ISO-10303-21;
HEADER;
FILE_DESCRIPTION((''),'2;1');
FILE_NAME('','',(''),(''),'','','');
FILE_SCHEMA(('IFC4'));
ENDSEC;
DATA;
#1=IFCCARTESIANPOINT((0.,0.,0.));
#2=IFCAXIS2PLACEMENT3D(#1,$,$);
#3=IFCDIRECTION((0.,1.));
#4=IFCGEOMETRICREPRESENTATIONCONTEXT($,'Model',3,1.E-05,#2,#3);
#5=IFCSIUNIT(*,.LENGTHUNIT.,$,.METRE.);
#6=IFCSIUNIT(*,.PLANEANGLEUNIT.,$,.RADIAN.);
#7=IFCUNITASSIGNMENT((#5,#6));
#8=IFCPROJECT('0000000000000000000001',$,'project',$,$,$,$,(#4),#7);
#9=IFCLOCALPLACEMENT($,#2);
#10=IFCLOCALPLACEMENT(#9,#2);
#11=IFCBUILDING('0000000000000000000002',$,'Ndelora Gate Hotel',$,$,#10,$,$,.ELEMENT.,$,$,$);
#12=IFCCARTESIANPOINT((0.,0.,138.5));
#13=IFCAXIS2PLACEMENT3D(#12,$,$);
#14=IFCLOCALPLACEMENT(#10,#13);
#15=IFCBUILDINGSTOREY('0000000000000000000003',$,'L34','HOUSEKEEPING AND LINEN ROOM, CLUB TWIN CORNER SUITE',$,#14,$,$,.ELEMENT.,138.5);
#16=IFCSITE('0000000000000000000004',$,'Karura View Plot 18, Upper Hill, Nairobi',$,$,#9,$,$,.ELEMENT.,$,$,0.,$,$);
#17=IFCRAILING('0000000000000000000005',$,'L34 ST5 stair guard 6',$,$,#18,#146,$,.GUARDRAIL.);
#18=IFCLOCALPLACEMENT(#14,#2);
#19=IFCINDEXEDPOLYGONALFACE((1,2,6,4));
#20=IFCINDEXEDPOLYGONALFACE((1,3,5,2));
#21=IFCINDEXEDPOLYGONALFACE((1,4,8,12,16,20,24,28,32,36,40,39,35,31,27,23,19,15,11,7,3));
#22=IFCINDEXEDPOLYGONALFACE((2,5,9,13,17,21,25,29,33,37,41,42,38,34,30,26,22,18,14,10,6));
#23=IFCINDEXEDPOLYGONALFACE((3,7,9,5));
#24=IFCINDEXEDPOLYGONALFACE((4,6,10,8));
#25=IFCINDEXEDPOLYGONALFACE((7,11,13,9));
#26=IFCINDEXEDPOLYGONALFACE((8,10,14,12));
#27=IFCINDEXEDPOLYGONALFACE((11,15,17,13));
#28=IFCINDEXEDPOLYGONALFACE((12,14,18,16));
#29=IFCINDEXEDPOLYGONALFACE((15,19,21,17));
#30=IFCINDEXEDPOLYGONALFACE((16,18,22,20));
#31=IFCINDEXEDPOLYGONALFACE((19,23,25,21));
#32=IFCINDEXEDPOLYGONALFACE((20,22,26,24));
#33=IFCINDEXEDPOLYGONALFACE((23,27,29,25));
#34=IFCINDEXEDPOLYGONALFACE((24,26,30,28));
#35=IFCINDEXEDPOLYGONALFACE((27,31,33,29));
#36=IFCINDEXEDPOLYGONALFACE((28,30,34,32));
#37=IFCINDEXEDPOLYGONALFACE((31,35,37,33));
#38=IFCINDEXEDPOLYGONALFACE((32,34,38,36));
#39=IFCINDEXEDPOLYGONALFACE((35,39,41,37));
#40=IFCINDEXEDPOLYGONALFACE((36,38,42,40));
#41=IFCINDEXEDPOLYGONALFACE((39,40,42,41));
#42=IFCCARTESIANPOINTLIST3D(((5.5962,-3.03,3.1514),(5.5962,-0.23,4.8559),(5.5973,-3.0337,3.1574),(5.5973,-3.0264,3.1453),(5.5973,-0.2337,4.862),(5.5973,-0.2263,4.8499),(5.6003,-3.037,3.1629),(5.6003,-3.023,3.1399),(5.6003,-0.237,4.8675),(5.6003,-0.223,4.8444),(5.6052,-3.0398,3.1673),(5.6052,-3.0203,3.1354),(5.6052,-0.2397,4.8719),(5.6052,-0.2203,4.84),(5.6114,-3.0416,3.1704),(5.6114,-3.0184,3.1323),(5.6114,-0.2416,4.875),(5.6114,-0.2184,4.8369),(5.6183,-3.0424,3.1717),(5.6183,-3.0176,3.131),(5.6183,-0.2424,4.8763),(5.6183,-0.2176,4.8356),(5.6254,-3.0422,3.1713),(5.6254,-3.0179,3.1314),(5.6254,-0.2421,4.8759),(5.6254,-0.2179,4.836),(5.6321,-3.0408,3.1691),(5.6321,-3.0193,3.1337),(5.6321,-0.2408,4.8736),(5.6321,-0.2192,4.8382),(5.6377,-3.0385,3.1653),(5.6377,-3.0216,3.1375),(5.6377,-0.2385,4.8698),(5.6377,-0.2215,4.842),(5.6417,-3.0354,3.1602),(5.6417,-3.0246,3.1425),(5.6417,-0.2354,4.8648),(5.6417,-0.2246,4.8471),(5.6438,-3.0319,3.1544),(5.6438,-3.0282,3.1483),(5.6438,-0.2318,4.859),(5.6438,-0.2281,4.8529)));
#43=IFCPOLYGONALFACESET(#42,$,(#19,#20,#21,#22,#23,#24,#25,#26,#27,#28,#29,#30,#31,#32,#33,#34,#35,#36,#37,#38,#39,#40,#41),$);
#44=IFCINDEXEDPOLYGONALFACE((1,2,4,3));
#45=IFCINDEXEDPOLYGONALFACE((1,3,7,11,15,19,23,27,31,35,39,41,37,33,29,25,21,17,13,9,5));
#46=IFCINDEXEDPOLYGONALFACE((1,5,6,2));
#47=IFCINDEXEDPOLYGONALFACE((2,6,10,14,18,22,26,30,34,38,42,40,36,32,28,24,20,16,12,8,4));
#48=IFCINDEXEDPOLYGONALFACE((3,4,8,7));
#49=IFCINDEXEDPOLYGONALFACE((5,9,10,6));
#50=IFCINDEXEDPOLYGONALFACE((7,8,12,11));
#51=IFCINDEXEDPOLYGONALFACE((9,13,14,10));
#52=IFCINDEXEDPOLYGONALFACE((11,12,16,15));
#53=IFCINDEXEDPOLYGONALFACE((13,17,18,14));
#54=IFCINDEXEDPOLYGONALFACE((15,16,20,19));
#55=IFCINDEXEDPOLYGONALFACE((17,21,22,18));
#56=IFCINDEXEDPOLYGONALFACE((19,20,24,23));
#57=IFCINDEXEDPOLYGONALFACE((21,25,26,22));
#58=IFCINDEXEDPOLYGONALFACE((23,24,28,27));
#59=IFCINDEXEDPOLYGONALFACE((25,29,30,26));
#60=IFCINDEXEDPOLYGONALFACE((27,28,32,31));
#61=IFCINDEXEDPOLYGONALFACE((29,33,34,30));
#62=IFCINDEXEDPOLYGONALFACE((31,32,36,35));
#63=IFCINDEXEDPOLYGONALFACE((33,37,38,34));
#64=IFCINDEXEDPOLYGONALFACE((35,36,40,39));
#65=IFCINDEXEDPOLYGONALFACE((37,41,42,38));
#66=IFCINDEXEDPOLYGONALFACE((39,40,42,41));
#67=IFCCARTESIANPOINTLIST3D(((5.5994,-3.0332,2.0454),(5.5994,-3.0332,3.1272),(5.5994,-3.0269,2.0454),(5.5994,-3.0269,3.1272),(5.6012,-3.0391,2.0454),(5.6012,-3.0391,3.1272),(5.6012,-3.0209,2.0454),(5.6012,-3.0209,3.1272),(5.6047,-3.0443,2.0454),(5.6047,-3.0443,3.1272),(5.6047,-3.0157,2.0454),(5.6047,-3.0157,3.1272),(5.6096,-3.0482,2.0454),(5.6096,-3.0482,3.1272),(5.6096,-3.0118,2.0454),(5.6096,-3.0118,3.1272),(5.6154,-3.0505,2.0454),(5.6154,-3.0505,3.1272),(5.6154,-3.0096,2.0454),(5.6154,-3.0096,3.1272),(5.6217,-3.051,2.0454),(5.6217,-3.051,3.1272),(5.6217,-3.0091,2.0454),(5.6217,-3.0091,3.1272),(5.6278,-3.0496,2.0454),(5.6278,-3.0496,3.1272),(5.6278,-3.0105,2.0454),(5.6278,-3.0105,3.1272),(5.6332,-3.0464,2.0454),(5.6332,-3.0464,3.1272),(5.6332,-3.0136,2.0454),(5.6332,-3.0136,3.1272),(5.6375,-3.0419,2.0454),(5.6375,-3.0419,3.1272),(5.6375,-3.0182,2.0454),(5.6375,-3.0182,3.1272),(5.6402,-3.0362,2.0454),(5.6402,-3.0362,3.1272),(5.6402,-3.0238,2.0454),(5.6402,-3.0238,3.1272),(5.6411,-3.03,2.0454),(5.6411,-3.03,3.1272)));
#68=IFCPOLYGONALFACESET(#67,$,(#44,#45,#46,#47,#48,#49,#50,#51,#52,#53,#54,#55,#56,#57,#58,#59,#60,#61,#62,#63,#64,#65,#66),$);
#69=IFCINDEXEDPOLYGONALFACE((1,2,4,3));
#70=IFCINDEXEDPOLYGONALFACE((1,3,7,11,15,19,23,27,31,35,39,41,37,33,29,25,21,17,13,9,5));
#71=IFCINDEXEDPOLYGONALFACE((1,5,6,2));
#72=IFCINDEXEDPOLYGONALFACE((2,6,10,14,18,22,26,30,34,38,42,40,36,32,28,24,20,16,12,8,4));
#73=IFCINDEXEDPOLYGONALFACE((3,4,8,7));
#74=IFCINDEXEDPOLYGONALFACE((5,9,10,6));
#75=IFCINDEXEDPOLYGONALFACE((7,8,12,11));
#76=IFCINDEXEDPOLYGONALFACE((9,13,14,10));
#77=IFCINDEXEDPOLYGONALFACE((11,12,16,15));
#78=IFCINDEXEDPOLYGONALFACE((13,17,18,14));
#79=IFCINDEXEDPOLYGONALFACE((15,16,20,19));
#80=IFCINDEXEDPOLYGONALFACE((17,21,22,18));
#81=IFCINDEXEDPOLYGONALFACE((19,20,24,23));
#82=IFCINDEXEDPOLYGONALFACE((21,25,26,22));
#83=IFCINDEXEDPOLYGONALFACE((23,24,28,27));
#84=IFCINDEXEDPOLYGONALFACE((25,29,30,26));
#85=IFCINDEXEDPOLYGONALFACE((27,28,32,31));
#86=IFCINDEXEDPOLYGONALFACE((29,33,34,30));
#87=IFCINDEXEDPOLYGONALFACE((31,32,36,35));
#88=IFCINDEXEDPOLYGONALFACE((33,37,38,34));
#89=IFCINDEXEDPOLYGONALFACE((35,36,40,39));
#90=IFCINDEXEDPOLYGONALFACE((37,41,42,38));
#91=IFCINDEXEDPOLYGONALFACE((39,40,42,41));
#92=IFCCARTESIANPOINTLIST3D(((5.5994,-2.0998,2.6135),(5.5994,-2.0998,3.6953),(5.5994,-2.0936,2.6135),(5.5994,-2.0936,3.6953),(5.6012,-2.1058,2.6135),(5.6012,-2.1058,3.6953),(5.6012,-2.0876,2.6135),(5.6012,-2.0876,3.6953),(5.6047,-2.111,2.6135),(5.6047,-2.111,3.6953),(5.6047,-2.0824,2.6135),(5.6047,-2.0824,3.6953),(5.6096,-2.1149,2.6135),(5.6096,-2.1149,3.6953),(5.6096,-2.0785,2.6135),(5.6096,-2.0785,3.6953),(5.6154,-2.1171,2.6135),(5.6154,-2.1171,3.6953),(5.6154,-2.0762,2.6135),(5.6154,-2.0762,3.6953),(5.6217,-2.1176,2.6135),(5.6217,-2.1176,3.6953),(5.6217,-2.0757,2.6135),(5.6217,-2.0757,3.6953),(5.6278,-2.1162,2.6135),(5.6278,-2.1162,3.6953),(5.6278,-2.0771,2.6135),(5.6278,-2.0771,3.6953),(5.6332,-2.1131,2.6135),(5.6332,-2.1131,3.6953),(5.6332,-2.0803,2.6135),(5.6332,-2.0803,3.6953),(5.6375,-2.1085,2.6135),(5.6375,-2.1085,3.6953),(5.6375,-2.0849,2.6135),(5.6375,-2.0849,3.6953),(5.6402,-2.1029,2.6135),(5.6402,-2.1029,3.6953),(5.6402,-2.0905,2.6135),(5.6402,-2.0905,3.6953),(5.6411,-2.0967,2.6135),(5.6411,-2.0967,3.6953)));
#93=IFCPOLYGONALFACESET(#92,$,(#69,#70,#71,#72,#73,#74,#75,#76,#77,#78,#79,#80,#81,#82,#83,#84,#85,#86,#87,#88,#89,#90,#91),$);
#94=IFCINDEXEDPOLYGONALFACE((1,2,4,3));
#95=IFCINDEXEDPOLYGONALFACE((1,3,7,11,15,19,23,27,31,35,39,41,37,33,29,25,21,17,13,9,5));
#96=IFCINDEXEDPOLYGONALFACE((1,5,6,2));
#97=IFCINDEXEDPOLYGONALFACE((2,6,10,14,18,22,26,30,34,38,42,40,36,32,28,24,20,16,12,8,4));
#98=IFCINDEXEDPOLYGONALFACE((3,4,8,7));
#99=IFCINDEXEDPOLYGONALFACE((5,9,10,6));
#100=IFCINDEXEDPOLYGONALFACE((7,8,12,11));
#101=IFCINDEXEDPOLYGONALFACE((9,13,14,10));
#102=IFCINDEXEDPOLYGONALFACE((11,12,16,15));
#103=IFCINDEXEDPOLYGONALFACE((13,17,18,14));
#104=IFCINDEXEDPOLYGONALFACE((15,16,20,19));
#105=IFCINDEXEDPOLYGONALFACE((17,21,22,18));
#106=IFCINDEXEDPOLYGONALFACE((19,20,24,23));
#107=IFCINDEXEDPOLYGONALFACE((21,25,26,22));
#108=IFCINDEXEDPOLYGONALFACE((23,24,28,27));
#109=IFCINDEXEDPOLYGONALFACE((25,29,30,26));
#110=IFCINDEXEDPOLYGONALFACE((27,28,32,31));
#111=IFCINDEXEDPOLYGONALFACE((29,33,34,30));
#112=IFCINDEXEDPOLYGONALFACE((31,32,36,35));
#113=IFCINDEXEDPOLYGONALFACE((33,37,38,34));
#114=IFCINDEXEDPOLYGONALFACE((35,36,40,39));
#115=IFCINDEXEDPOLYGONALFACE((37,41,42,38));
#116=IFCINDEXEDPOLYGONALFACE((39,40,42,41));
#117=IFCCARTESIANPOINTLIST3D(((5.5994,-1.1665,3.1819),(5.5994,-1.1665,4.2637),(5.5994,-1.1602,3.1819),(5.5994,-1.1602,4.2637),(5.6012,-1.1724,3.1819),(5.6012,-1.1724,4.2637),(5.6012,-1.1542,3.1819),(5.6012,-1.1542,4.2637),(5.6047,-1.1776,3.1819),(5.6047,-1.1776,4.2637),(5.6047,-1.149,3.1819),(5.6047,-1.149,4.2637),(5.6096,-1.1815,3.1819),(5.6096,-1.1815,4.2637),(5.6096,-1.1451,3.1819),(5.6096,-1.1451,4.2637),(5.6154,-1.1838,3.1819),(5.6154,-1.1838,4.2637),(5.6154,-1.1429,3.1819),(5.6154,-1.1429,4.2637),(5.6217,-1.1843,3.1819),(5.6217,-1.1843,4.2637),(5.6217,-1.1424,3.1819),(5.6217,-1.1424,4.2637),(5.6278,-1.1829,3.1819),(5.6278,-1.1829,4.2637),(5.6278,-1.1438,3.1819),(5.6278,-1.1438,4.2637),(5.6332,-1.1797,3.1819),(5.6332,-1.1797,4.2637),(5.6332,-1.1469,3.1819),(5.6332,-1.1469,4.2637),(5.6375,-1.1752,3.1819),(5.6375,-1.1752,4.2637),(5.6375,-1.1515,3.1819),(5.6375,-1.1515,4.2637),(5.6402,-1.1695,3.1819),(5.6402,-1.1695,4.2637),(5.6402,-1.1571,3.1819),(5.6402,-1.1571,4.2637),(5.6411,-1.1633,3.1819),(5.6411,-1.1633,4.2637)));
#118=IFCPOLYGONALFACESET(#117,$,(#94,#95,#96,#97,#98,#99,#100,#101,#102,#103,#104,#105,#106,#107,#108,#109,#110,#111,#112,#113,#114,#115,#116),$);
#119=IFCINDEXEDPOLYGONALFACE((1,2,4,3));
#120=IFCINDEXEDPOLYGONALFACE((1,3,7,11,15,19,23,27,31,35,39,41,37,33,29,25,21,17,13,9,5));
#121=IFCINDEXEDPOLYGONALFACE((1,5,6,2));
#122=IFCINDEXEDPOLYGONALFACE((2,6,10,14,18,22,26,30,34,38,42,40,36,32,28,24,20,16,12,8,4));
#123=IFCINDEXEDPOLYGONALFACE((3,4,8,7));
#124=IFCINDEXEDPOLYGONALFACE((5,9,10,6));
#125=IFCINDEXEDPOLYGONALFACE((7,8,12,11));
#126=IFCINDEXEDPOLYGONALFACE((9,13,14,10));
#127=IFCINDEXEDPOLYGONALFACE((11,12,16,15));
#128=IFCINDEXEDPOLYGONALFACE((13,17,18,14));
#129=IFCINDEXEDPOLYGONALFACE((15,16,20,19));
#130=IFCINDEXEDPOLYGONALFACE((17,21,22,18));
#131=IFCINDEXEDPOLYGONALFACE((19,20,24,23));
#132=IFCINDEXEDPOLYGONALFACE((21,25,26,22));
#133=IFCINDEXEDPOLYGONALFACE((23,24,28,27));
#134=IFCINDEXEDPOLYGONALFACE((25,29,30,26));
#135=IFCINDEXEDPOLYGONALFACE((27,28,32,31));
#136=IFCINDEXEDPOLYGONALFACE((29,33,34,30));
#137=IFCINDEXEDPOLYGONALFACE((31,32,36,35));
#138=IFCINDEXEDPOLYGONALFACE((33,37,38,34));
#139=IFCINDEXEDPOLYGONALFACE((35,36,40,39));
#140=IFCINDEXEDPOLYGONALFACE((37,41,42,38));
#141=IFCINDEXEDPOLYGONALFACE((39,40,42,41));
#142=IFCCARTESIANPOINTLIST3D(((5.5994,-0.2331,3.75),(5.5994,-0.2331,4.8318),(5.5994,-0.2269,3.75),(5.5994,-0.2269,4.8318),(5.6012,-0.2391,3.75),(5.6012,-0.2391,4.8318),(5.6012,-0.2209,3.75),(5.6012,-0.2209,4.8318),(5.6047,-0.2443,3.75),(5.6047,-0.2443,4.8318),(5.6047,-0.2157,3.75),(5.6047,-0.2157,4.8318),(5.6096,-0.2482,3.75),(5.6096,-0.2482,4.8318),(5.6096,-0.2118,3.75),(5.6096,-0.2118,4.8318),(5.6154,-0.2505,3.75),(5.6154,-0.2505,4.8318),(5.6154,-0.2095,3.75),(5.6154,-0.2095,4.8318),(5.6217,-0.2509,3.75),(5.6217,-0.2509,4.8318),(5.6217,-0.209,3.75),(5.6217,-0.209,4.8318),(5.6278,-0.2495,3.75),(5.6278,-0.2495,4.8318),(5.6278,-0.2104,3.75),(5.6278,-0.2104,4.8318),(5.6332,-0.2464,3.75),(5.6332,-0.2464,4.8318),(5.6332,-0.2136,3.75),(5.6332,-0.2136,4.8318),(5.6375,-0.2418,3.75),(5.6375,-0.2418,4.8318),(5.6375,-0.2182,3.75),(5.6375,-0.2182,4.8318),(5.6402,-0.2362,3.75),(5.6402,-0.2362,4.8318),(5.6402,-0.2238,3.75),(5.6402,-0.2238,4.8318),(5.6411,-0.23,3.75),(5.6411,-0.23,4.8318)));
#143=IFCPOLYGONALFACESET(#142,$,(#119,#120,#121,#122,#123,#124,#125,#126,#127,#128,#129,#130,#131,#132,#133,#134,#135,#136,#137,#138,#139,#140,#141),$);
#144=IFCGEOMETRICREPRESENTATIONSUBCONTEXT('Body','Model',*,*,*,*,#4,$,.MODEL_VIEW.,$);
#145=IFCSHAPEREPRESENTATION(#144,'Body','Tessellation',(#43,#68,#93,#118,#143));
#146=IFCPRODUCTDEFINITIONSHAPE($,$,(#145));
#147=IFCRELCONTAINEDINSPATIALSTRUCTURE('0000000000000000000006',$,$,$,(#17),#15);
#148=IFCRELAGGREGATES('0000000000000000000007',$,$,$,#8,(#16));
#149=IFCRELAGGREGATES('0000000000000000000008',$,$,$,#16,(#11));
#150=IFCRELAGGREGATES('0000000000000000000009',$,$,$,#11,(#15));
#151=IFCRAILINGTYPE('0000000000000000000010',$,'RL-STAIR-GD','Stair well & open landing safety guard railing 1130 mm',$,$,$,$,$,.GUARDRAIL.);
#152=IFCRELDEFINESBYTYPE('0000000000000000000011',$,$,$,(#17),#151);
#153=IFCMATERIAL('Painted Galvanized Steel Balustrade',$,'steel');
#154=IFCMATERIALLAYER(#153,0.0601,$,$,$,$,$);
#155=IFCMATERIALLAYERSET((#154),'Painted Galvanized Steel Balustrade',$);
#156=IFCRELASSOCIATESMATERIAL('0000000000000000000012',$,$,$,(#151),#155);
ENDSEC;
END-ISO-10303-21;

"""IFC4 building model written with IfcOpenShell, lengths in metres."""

from ifc_helpers import new_model, si_unit, direction, frame, origin, origin_2d, place, context, subcontext, project, spatial, circle, extrude, material, layer, layer_set, type_object, element, save


model = new_model("IFC4")

# Units and contexts
model_context = context("Model", 3, precision=1e-05, world=origin(), true_north=direction((0.0, 1.0)))
body_context = subcontext(model_context, "Body", "Model", "MODEL_VIEW")
ifc_project = project(units=[si_unit("LENGTHUNIT", "METRE"), si_unit("PLANEANGLEUNIT", "RADIAN")], contexts=[model_context])

# Site, building, storey
site_placement = place(None, origin())
site = spatial("IfcSite", under=ifc_project, at=site_placement, Name="Karura View Plot 18, Upper Hill, Nairobi", CompositionType="ELEMENT", RefElevation=0.0)
building_placement = place(site_placement, origin())
building = spatial("IfcBuilding", under=site, at=building_placement, Name="Ndelora Gate Hotel", CompositionType="ELEMENT")
storey_placement = place(building_placement, frame((0.0, 0.0, 138.5)))
storey = spatial("IfcBuildingStorey", under=building, at=storey_placement, Name="L34", Description="HOUSEKEEPING AND LINEN ROOM, CLUB TWIN CORNER SUITE", CompositionType="ELEMENT", Elevation=138.5)

# Railing
ifc_material_1 = material(Name="Painted Galvanized Steel Balustrade", Category="steel")
ifc_layer_1 = layer(ifc_material_1, 0.0601)
ifc_layer_set_1 = layer_set([ifc_layer_1], Name="Painted Galvanized Steel Balustrade")
railing_type_1 = type_object("IfcRailingType", Name="RL-STAIR-GD", Description="Stair well & open landing safety guard railing 1130 mm", PredefinedType="GUARDRAIL", material=ifc_layer_set_1)
railing_1_placement = place(storey_placement, frame((5.6201, -3.03, 2.0454)))
element("IfcRailing", 1, at=railing_1_placement, inside=storey, type_object=railing_type_1, Name="L34 ST5 stair guard 6", PredefinedType="GUARDRAIL", context=body_context, shape_type="SweptSolid", body=[
    extrude(circle(Radius=0.0239, at=origin_2d()), frame((0.0, 0.0, 1.106), z_axis=(0.0, 0.85417, 0.519994), x_axis=(-1.0, 0.0, 0.0)), (0.0, 0.0, 1.0), 3.2781),
    extrude(circle(Radius=0.021, at=origin_2d()), origin(), (0.0, 0.0, 1.0), 1.0818),
    extrude(circle(Radius=0.021, at=origin_2d()), frame((0.0, 0.9333, 0.5681)), (0.0, 0.0, 1.0), 1.0818),
    extrude(circle(Radius=0.021, at=origin_2d()), frame((0.0, 1.8667, 1.1365)), (0.0, 0.0, 1.0), 1.0818),
    extrude(circle(Radius=0.021, at=origin_2d()), frame((0.0, 2.8, 1.7046)), (0.0, 0.0, 1.0), 1.0818),
])

save(model, "model.ifc")
